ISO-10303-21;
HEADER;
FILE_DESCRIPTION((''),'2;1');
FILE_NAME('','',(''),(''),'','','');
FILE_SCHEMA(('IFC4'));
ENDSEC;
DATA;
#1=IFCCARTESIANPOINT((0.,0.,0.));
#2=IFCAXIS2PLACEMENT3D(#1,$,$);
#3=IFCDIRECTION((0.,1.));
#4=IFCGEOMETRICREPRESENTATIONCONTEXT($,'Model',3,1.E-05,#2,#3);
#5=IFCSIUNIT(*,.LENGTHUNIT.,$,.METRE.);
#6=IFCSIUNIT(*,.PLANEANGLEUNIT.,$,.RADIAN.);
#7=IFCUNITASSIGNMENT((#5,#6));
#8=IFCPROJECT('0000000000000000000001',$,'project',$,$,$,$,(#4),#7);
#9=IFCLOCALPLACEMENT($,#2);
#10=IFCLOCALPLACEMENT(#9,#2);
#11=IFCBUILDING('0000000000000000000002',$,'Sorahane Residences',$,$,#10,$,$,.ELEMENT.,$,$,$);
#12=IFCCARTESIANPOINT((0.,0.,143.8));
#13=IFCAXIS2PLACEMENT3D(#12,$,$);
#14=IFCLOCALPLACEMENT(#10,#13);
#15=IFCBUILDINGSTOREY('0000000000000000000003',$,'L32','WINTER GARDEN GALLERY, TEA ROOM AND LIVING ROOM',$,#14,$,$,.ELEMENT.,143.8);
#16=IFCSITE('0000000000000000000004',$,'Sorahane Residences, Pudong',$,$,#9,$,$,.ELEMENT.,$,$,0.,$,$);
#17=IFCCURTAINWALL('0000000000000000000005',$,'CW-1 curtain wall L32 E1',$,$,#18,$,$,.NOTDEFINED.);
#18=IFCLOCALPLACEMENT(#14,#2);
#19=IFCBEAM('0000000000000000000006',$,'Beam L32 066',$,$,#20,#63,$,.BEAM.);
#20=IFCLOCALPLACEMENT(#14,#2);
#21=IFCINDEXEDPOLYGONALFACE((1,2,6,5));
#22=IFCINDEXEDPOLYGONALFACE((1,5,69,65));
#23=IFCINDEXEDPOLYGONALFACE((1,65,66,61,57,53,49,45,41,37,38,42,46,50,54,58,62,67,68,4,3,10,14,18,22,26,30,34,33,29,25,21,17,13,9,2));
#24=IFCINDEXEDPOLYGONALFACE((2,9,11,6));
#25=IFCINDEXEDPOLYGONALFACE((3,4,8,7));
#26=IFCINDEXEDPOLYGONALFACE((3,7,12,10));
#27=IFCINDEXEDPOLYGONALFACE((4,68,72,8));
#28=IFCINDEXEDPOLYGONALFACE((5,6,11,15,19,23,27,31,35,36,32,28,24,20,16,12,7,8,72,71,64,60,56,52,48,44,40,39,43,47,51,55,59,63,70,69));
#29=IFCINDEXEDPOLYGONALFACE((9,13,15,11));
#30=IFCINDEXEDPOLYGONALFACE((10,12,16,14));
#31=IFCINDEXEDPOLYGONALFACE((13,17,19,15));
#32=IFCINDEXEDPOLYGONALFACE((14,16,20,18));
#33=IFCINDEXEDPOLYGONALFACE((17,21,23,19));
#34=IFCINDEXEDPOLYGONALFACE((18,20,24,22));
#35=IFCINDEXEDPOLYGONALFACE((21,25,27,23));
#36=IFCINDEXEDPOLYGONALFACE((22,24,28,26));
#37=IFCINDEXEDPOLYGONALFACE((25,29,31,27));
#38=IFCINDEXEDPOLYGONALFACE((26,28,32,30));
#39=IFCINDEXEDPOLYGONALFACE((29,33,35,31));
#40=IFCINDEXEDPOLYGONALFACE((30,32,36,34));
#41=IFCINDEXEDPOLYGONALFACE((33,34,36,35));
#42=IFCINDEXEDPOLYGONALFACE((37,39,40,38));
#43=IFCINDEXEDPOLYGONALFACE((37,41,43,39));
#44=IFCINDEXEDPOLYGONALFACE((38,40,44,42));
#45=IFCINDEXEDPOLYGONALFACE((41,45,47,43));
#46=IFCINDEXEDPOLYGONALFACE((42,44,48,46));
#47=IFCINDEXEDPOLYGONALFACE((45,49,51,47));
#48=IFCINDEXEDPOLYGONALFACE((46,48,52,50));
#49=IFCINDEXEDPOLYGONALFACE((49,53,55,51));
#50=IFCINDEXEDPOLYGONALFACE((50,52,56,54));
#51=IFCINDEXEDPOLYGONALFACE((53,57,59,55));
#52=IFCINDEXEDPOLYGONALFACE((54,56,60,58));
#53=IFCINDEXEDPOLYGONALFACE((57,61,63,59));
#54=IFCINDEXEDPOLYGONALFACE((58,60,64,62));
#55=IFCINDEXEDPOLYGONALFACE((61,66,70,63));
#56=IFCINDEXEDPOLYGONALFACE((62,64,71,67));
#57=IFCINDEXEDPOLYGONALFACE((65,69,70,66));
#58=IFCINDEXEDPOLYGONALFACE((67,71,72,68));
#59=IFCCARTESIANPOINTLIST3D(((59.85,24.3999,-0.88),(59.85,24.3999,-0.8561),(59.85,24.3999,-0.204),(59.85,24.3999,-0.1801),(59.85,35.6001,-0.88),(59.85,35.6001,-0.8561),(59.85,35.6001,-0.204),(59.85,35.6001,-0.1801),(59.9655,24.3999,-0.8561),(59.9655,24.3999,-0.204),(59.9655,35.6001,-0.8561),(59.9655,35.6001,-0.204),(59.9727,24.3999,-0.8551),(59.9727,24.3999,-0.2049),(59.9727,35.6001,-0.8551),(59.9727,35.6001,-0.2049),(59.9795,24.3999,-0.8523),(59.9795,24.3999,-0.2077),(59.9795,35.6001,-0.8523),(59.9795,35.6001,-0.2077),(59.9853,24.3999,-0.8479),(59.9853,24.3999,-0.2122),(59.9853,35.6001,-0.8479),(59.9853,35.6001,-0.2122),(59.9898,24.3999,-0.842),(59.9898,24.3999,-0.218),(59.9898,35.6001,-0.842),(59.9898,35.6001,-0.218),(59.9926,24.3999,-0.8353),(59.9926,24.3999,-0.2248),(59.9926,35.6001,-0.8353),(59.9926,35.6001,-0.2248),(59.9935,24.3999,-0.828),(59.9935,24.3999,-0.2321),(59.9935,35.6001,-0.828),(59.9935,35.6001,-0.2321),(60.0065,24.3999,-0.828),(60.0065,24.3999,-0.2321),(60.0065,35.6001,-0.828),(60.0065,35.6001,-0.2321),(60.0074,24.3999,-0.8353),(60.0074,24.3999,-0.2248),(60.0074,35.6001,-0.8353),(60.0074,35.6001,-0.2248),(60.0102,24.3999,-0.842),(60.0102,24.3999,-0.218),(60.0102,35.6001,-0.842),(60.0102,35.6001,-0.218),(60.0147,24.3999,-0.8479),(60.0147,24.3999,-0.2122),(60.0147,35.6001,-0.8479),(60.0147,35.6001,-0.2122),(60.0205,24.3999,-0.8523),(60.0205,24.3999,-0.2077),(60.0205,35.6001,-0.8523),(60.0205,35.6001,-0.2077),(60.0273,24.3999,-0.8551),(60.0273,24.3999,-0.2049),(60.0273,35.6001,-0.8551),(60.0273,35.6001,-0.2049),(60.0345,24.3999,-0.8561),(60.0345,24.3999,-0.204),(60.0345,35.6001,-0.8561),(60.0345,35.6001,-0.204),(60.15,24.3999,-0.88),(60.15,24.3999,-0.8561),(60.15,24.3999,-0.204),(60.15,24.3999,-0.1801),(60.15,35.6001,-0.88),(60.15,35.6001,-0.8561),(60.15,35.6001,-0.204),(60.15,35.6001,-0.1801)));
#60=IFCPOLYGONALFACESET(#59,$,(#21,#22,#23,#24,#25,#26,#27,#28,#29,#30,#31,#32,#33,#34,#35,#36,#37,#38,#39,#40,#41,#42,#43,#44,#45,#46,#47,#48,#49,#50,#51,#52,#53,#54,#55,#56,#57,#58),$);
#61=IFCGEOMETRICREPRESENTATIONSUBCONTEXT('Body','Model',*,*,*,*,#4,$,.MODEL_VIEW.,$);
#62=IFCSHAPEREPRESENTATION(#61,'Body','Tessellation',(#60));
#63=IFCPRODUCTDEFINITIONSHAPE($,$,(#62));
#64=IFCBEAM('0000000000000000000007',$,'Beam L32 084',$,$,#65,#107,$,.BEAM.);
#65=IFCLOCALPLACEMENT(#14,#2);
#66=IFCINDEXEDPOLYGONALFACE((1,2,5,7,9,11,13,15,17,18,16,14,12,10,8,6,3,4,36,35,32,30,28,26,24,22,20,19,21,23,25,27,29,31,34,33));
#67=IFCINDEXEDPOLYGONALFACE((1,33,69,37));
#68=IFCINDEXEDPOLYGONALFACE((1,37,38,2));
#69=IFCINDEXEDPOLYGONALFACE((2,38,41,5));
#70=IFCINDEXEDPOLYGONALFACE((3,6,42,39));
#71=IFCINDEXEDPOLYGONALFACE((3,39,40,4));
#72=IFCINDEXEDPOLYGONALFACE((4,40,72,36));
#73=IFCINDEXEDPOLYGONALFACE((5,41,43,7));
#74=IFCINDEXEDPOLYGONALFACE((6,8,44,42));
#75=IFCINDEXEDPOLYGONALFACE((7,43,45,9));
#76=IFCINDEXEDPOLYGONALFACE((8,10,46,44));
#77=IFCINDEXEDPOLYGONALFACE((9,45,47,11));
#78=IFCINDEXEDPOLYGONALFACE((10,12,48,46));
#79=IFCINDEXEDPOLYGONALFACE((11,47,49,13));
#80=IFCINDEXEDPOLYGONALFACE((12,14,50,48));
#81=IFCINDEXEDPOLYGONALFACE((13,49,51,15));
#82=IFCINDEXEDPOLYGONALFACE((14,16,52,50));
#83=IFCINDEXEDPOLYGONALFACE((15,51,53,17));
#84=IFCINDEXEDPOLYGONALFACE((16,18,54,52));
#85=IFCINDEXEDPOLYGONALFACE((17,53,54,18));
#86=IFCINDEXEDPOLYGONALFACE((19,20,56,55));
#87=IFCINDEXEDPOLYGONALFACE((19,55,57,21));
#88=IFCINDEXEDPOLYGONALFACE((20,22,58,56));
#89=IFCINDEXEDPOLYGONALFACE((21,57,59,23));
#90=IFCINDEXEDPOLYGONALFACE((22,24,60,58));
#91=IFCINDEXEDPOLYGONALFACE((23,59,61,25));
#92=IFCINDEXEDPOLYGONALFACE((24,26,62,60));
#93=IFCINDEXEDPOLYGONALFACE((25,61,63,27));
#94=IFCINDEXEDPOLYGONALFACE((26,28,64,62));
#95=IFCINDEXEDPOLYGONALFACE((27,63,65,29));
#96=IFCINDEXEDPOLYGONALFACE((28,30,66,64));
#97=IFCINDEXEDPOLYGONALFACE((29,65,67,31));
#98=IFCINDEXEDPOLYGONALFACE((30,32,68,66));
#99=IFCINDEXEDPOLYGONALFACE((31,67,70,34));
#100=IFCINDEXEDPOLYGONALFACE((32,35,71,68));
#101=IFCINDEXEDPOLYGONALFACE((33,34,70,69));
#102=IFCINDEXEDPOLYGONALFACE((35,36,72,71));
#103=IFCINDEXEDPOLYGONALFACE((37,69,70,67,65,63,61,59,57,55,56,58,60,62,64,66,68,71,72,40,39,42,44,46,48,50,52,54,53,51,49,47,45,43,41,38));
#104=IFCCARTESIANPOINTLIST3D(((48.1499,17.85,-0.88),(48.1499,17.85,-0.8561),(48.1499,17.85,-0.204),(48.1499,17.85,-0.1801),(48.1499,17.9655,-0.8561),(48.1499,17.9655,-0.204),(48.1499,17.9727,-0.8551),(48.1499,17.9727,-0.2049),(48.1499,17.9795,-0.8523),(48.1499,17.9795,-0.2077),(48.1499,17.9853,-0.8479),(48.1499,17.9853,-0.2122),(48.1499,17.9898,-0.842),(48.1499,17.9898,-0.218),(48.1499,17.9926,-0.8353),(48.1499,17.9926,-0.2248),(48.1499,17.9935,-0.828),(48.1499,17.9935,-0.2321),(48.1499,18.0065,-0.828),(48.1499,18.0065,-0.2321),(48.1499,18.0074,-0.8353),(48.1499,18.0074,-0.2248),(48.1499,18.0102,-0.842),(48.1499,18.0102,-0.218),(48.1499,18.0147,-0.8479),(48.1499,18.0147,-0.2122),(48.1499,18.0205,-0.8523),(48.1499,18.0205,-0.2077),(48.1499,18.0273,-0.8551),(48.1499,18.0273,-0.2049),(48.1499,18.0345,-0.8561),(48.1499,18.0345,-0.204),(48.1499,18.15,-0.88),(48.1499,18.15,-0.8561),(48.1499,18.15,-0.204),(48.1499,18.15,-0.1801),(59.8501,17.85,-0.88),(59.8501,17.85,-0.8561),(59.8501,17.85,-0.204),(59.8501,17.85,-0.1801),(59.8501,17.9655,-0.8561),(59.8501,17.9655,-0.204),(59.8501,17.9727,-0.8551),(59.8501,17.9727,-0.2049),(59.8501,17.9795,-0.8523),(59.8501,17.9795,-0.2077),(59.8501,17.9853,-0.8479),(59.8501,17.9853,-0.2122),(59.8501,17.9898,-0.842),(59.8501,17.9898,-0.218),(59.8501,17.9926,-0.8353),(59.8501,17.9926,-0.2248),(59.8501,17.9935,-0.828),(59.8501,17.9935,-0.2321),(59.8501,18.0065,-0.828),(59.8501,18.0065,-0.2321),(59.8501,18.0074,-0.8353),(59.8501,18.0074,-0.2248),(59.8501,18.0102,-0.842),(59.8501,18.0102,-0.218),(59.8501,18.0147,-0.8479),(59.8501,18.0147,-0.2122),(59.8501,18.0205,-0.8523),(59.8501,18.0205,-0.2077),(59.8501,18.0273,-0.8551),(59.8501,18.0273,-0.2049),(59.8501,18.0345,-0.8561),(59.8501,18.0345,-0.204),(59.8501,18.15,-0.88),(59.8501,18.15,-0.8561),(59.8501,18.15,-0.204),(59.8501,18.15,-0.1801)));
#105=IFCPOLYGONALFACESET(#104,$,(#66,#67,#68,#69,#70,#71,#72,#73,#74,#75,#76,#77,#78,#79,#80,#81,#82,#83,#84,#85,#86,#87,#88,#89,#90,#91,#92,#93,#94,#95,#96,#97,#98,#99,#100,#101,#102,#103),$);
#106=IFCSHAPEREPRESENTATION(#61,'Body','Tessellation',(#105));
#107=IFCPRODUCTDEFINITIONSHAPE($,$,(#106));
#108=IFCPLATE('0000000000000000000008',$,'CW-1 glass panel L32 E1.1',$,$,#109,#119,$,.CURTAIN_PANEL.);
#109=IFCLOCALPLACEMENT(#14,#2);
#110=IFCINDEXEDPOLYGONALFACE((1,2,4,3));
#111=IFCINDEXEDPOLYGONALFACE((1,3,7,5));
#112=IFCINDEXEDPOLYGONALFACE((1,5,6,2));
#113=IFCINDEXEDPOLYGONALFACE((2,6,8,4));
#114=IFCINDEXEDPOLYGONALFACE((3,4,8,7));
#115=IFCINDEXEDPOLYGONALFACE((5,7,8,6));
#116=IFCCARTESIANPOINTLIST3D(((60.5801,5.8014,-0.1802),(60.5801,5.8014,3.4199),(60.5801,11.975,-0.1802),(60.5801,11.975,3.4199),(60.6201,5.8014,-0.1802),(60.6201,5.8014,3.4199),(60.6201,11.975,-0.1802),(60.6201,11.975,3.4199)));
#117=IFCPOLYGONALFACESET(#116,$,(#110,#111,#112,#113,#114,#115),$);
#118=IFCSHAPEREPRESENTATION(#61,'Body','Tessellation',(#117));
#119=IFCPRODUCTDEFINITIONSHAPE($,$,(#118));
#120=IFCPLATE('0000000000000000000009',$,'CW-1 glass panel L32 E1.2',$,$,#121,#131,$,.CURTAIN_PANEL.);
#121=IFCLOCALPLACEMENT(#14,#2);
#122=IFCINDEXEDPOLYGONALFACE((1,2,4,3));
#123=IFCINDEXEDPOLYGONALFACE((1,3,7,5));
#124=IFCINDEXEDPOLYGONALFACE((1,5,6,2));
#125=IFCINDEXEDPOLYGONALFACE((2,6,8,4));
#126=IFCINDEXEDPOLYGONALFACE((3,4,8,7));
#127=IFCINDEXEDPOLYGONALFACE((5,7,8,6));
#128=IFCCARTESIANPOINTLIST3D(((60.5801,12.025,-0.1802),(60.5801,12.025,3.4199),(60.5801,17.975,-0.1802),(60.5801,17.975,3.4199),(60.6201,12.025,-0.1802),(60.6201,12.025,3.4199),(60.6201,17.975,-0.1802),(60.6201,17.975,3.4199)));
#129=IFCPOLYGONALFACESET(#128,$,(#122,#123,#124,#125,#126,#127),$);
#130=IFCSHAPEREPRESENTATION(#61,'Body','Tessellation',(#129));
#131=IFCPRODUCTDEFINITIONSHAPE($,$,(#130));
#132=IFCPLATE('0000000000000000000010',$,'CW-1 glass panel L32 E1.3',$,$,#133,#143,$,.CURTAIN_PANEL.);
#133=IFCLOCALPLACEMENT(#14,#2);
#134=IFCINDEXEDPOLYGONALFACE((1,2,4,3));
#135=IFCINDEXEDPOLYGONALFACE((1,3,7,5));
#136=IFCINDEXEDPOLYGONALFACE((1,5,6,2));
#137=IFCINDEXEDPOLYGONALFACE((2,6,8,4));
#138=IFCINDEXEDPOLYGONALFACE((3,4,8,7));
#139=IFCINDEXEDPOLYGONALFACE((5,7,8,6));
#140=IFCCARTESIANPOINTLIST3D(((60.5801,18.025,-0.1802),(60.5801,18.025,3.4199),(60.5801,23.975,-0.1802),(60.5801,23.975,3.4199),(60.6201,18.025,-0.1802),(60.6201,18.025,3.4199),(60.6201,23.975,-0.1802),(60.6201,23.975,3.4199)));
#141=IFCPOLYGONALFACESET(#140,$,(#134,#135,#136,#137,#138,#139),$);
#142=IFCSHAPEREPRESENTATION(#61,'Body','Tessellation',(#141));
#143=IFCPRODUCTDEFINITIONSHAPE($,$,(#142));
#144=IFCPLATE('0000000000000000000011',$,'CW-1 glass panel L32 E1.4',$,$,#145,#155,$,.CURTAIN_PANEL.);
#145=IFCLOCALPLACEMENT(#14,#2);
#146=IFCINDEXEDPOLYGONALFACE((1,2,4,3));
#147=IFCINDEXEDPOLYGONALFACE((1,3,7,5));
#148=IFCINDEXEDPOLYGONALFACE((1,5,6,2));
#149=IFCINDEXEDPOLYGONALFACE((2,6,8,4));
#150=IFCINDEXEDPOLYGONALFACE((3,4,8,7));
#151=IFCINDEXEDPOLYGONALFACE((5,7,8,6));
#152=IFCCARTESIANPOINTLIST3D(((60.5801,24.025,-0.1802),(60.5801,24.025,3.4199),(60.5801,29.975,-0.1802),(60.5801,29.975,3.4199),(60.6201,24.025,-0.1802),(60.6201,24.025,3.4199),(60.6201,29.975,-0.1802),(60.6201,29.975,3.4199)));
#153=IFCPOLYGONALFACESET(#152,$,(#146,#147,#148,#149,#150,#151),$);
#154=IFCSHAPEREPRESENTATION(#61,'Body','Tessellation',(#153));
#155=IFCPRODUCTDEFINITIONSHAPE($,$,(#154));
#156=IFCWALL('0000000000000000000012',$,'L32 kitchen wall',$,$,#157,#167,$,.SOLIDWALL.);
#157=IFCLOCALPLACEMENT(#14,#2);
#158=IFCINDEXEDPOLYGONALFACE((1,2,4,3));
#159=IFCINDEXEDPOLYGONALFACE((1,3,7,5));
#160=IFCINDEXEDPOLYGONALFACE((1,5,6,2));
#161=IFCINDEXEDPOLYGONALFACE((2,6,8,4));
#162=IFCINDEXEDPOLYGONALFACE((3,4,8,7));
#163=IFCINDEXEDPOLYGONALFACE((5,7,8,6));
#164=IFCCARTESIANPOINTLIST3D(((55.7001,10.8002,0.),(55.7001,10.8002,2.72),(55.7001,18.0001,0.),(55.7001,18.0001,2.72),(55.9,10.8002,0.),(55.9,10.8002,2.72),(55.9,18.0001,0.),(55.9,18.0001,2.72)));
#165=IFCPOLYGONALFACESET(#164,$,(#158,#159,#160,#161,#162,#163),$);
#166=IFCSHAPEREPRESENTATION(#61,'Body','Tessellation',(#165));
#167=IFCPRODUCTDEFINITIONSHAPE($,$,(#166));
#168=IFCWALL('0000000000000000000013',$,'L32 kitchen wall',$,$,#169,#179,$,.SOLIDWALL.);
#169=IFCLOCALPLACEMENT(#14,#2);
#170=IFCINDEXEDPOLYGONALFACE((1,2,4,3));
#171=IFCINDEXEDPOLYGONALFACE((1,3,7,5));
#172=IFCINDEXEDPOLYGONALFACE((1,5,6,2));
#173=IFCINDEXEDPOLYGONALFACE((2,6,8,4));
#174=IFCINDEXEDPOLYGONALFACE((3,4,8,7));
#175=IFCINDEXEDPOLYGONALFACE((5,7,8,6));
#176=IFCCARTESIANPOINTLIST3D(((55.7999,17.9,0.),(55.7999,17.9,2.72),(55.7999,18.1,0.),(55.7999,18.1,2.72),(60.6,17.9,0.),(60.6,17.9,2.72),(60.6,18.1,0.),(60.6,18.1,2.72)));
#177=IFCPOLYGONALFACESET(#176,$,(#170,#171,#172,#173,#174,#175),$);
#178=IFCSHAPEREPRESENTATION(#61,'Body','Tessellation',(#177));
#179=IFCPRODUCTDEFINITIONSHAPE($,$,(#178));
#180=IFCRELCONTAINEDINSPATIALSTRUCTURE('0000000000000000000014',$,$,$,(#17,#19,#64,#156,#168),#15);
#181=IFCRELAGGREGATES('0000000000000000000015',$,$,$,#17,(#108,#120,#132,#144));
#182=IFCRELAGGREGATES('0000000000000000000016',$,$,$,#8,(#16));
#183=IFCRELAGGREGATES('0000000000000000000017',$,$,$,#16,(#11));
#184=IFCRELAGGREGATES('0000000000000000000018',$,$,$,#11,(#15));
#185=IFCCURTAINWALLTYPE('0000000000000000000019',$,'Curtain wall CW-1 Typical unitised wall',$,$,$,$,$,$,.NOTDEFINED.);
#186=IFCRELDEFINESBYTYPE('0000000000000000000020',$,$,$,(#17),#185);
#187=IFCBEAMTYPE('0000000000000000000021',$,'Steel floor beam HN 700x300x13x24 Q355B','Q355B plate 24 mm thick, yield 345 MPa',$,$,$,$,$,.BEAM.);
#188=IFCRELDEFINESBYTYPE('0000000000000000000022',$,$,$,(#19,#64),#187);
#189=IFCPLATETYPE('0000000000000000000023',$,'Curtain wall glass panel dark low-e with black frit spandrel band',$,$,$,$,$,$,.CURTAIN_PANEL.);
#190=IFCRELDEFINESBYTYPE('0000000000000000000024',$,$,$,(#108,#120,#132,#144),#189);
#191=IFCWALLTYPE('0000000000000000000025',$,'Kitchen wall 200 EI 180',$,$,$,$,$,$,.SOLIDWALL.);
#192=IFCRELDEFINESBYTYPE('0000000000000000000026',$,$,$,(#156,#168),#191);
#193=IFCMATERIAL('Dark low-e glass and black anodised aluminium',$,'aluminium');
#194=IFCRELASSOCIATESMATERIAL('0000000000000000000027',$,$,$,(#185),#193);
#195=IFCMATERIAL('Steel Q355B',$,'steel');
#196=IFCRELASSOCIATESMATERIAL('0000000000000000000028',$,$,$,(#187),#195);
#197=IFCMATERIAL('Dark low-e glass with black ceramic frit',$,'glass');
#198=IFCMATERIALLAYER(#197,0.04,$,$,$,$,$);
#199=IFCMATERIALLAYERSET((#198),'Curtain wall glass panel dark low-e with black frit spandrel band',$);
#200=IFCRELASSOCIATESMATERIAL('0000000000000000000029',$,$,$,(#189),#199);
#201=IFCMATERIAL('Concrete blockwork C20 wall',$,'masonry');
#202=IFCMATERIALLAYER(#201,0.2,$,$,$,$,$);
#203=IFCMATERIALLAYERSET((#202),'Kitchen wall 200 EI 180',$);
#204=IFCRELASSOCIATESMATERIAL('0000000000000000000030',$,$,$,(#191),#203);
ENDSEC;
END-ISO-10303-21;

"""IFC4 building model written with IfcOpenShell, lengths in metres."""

from ifc_helpers import new_model, si_unit, direction, frame, frame_2d, origin, origin_2d, place, context, subcontext, project, spatial, rectangle, i_section, extrude, material, layer, layer_set, material_profile, profile_set, type_object, element, aggregate, save


model = new_model("IFC4")

# Units and contexts
model_context = context("Model", 3, precision=1e-05, world=origin(), true_north=direction((0.0, 1.0)))
body_context = subcontext(model_context, "Body", "Model", "MODEL_VIEW")
ifc_project = project(units=[si_unit("LENGTHUNIT", "METRE"), si_unit("PLANEANGLEUNIT", "RADIAN")], contexts=[model_context])

# Site, building, storey
site_placement = place(None, origin())
site = spatial("IfcSite", under=ifc_project, at=site_placement, Name="Sorahane Residences, Pudong", CompositionType="ELEMENT", RefElevation=0.0)
building_placement = place(site_placement, origin())
building = spatial("IfcBuilding", under=site, at=building_placement, Name="Sorahane Residences", CompositionType="ELEMENT")
storey_placement = place(building_placement, frame((0.0, 0.0, 143.8)))
storey = spatial("IfcBuildingStorey", under=building, at=storey_placement, Name="L32", Description="WINTER GARDEN GALLERY, TEA ROOM AND LIVING ROOM", CompositionType="ELEMENT", Elevation=143.8)

# Curtain wall
ifc_material_1 = material(Name="Dark low-e glass and black anodised aluminium", Category="aluminium")
curtain_wall_type = type_object("IfcCurtainWallType", Name="Curtain wall CW-1 Typical unitised wall", PredefinedType="NOTDEFINED", material=ifc_material_1)
curtain_wall_placement = place(storey_placement, origin())
curtain_wall = element("IfcCurtainWall", 1, at=curtain_wall_placement, inside=storey, type_object=curtain_wall_type, Name="CW-1 curtain wall L32 E1", PredefinedType="NOTDEFINED")

# Beams
ifc_material_2 = material(Name="Steel Q355B", Category="steel")
ifc_material_profile_1 = material_profile(ifc_material_2, i_section(OverallWidth=0.3, OverallDepth=0.7, WebThickness=0.0129, FlangeThickness=0.0239, FilletRadius=0.0281, at=origin_2d()), Name="HN 700x300x13x24")
ifc_profile_set_1 = profile_set([ifc_material_profile_1], Name="Steel Q355B")
beam_type_1 = type_object("IfcBeamType", Name="Steel floor beam HN 700x300x13x24 Q355B", Description="Q355B plate 24 mm thick, yield 345 MPa", PredefinedType="BEAM", material=ifc_profile_set_1)
for number, where, z_axis, x_axis, name in (
    (2, (60.0, 24.3999, -0.53), (0.0, 1.0, 0.0), (-1.0, 0.0, 0.0), "Beam L32 066"),
):
    element("IfcBeam", number, at=place(storey_placement, frame(where, z_axis=z_axis, x_axis=x_axis)), inside=storey, type_object=beam_type_1, Name=name, PredefinedType="BEAM", context=body_context, shape_type="SweptSolid", body=[
        extrude(i_section(OverallWidth=0.3, OverallDepth=0.7, WebThickness=0.0129, FlangeThickness=0.0239, FilletRadius=0.0281, at=origin_2d()), origin(), (0.0, 0.0, 1.0), 11.2002),
    ])
beam_1_placement = place(storey_placement, frame((48.1499, 18.0, -0.53), z_axis=(1.0, 0.0, 0.0), x_axis=(0.0, 1.0, 0.0)))
element("IfcBeam", 3, at=beam_1_placement, inside=storey, type_object=beam_type_1, Name="Beam L32 084", PredefinedType="BEAM", context=body_context, shape_type="SweptSolid", body=[
    extrude(i_section(OverallWidth=0.3, OverallDepth=0.7, WebThickness=0.0129, FlangeThickness=0.0239, FilletRadius=0.0281, at=origin_2d()), origin(), (0.0, 0.0, 1.0), 11.7002),
])

# Plates
ifc_material_3 = material(Name="Dark low-e glass with black ceramic frit", Category="glass")
ifc_layer_1 = layer(ifc_material_3, 0.04)
ifc_layer_set_1 = layer_set([ifc_layer_1], Name="Curtain wall glass panel dark low-e with black frit spandrel band")
plate_type = type_object("IfcPlateType", Name="Curtain wall glass panel dark low-e with black frit spandrel band", PredefinedType="CURTAIN_PANEL", material=ifc_layer_set_1)
plate_1_placement = place(storey_placement, frame((60.6001, 8.8882, -0.1802), z_axis=(0.0, 0.0, 1.0), x_axis=(0.0, 1.0, 0.0)))
plate_1 = element("IfcPlate", 4, at=plate_1_placement, type_object=plate_type, Name="CW-1 glass panel L32 E1.1", PredefinedType="CURTAIN_PANEL", context=body_context, shape_type="SweptSolid", body=[
    extrude(rectangle(XDim=6.1736, YDim=0.04, at=origin_2d()), origin(), (0.0, 0.0, 1.0), 3.6001),
])
plate_2_placement = place(storey_placement, frame((60.6001, 15.0, -0.1802), z_axis=(0.0, 0.0, 1.0), x_axis=(0.0, 1.0, 0.0)))
plate_2 = element("IfcPlate", 5, at=plate_2_placement, type_object=plate_type, Name="CW-1 glass panel L32 E1.2", PredefinedType="CURTAIN_PANEL", context=body_context, shape_type="SweptSolid", body=[
    extrude(rectangle(XDim=5.95, YDim=0.04, at=origin_2d()), origin(), (0.0, 0.0, 1.0), 3.6001),
])
plate_3_placement = place(storey_placement, frame((60.6001, 21.0, -0.1802), z_axis=(0.0, 0.0, 1.0), x_axis=(0.0, 1.0, 0.0)))
plate_3 = element("IfcPlate", 6, at=plate_3_placement, type_object=plate_type, Name="CW-1 glass panel L32 E1.3", PredefinedType="CURTAIN_PANEL", context=body_context, shape_type="SweptSolid", body=[
    extrude(rectangle(XDim=5.95, YDim=0.04, at=origin_2d()), origin(), (0.0, 0.0, 1.0), 3.6001),
])
plate_4_placement = place(storey_placement, frame((60.6001, 27.0, -0.1802), z_axis=(0.0, 0.0, 1.0), x_axis=(0.0, 1.0, 0.0)))
plate_4 = element("IfcPlate", 7, at=plate_4_placement, type_object=plate_type, Name="CW-1 glass panel L32 E1.4", PredefinedType="CURTAIN_PANEL", context=body_context, shape_type="SweptSolid", body=[
    extrude(rectangle(XDim=5.95, YDim=0.04, at=origin_2d()), origin(), (0.0, 0.0, 1.0), 3.6001),
])
aggregate(curtain_wall, [plate_1, plate_2, plate_3, plate_4])

# Shared definitions
ifc_material_4 = material(Name="Concrete blockwork C20 wall", Category="masonry")
ifc_layer_2 = layer(ifc_material_4, 0.2)
ifc_layer_set_2 = layer_set([ifc_layer_2], Name="Kitchen wall 200 EI 180")
wall_type_1 = type_object("IfcWallType", Name="Kitchen wall 200 EI 180", PredefinedType="SOLIDWALL", material=ifc_layer_set_2)

# Wall
wall_1_placement = place(storey_placement, frame((55.8, 10.8, 0.0), z_axis=(0.0, 0.0, 1.0), x_axis=(0.0, 1.0, 0.0)))
element("IfcWall", 8, at=wall_1_placement, inside=storey, type_object=wall_type_1, Name="L32 kitchen wall", PredefinedType="SOLIDWALL", context=body_context, shape_type="SweptSolid", body=[
    extrude(rectangle(XDim=7.2, YDim=0.2, at=frame_2d((3.6001, 0.0))), origin(), (0.0, 0.0, 1.0), 2.72),
])

# Wall
wall_2_placement = place(storey_placement, frame((55.8, 18.0, 0.0), z_axis=(0.0, 0.0, 1.0), x_axis=(1.0, 0.0, 0.0)))
element("IfcWall", 9, at=wall_2_placement, inside=storey, type_object=wall_type_1, Name="L32 kitchen wall", PredefinedType="SOLIDWALL", context=body_context, shape_type="SweptSolid", body=[
    extrude(rectangle(XDim=4.8, YDim=0.2, at=frame_2d((2.3999, 0.0))), origin(), (0.0, 0.0, 1.0), 2.72),
])

save(model, "model.ifc")
